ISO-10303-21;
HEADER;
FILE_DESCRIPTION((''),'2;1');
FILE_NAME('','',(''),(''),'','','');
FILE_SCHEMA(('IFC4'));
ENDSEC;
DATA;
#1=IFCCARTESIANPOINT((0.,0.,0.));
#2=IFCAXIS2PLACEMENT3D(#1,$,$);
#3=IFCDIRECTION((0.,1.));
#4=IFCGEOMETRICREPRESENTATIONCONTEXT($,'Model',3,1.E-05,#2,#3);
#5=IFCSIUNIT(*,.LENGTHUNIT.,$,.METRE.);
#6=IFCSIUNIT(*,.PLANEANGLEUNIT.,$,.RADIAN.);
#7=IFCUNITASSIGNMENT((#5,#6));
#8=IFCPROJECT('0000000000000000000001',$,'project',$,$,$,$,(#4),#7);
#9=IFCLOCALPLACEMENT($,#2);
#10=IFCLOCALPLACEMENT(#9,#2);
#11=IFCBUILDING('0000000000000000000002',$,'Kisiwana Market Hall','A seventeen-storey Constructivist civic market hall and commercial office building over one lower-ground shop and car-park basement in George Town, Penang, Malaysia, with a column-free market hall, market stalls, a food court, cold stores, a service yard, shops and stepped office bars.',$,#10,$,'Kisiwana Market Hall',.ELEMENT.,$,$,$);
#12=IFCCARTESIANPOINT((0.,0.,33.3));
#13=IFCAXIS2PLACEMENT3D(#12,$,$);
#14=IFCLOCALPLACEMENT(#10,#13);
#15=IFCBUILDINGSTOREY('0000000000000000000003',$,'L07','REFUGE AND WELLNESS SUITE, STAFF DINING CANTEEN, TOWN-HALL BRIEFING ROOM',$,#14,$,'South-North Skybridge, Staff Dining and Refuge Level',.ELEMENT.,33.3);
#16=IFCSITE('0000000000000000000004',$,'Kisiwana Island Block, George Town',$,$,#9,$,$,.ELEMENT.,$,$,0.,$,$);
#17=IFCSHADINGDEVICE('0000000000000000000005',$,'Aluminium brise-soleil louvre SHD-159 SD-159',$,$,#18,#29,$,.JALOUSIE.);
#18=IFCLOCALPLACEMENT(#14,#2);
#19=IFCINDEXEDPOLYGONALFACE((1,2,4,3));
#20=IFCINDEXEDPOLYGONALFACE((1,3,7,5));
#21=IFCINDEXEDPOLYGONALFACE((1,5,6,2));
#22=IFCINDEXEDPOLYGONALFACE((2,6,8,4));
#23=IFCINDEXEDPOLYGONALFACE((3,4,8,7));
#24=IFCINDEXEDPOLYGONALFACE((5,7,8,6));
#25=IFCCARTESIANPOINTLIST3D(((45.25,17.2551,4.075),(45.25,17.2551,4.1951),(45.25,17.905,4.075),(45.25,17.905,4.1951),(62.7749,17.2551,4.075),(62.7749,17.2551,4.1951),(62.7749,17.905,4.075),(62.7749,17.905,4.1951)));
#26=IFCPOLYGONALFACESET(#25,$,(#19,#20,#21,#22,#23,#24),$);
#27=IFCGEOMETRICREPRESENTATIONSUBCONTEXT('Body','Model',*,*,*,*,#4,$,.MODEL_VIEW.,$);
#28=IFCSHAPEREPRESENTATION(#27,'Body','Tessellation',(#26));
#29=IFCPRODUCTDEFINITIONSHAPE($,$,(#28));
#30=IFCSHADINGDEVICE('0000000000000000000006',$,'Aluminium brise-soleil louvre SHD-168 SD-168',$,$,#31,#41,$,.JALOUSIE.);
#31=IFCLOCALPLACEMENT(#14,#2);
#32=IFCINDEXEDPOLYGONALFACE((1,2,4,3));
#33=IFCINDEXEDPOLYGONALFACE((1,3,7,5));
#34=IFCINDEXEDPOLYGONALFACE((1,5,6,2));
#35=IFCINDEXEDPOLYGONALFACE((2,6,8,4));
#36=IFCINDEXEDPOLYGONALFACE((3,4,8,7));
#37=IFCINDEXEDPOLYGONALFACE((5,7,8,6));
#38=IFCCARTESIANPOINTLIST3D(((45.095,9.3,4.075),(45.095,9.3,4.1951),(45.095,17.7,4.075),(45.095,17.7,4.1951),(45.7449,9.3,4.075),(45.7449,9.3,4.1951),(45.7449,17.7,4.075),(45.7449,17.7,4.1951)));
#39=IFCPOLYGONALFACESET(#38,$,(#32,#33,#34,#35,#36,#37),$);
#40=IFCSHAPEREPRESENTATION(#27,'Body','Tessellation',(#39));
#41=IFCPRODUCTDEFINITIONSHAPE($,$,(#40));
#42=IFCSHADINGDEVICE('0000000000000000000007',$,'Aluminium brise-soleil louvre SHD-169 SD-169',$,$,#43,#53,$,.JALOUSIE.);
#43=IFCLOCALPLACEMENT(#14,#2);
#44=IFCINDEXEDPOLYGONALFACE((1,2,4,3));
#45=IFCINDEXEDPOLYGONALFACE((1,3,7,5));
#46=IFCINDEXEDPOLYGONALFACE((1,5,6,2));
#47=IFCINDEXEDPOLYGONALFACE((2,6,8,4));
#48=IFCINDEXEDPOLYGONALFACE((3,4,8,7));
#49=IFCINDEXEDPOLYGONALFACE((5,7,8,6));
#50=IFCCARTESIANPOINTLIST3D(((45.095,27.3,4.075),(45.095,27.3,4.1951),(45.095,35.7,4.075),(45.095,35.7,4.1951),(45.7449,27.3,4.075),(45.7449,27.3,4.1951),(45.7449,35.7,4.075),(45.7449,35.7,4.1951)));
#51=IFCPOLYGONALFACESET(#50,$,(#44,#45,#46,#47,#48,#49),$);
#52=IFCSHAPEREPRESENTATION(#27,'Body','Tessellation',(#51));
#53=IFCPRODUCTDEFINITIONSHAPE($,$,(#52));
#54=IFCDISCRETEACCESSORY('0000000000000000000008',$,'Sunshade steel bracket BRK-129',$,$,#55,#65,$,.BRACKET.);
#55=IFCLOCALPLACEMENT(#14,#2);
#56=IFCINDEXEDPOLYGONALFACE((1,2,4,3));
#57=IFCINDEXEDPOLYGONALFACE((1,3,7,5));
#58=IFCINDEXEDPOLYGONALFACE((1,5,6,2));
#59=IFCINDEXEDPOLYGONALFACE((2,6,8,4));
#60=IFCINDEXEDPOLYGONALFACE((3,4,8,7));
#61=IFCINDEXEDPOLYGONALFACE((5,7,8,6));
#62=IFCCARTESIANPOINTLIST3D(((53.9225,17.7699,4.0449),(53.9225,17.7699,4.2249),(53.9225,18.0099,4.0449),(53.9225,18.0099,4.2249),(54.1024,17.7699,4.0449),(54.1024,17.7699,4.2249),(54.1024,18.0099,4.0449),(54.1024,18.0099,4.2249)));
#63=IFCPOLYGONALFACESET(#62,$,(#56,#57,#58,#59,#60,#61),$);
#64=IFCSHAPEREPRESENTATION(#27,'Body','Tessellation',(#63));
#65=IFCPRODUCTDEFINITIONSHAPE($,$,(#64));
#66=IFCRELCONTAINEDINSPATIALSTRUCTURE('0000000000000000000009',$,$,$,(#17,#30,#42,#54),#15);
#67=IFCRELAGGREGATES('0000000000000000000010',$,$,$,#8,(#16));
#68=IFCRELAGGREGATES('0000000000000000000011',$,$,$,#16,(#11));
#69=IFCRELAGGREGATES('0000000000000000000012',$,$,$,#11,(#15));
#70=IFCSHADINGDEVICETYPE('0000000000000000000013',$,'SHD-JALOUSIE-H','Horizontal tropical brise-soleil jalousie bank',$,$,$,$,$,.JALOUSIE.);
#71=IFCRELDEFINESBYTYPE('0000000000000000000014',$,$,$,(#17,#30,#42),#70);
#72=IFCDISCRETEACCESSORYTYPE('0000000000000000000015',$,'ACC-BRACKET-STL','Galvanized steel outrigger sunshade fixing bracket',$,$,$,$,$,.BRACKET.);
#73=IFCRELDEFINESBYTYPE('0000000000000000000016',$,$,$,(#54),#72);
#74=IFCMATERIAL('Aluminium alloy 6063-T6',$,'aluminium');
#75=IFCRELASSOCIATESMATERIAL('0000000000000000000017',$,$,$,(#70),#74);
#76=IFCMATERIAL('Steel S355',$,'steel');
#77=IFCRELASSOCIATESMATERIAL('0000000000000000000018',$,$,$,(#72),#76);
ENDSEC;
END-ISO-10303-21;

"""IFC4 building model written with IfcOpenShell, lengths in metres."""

from ifc_helpers import new_model, si_unit, direction, frame, origin, origin_2d, place, context, subcontext, project, spatial, rectangle, extrude, material, type_object, element, save


model = new_model("IFC4")

# Units and contexts
model_context = context("Model", 3, precision=1e-05, world=origin(), true_north=direction((0.0, 1.0)))
body_context = subcontext(model_context, "Body", "Model", "MODEL_VIEW")
ifc_project = project(units=[si_unit("LENGTHUNIT", "METRE"), si_unit("PLANEANGLEUNIT", "RADIAN")], contexts=[model_context])

# Site, building, storey
site_placement = place(None, origin())
site = spatial("IfcSite", under=ifc_project, at=site_placement, Name="Kisiwana Island Block, George Town", CompositionType="ELEMENT", RefElevation=0.0)
building_placement = place(site_placement, origin())
building = spatial("IfcBuilding", under=site, at=building_placement, Name="Kisiwana Market Hall", Description="A seventeen-storey Constructivist civic market hall and commercial office building over one lower-ground shop and car-park basement in George Town, Penang, Malaysia, with a column-free market hall, market stalls, a food court, cold stores, a service yard, shops and stepped office bars.", LongName="Kisiwana Market Hall", CompositionType="ELEMENT")
storey_placement = place(building_placement, frame((0.0, 0.0, 33.3)))
storey = spatial("IfcBuildingStorey", under=building, at=storey_placement, Name="L07", Description="REFUGE AND WELLNESS SUITE, STAFF DINING CANTEEN, TOWN-HALL BRIEFING ROOM", LongName="South-North Skybridge, Staff Dining and Refuge Level", CompositionType="ELEMENT", Elevation=33.3)

# Shading devices
ifc_material_1 = material(Name="Aluminium alloy 6063-T6", Category="aluminium")
shading_device_type = type_object("IfcShadingDeviceType", Name="SHD-JALOUSIE-H", Description="Horizontal tropical brise-soleil jalousie bank", PredefinedType="JALOUSIE", material=ifc_material_1)
shading_device_placement = place(storey_placement, frame((54.0125, 17.5801, 4.075), z_axis=(0.0, 0.0, 1.0), x_axis=(1.0, 0.0, 0.0)))
element("IfcShadingDevice", 1, at=shading_device_placement, inside=storey, type_object=shading_device_type, Name="Aluminium brise-soleil louvre SHD-159 SD-159", PredefinedType="JALOUSIE", context=body_context, shape_type="SweptSolid", body=[
    extrude(rectangle(XDim=17.5249, YDim=0.6499, at=origin_2d()), origin(), (0.0, 0.0, 1.0), 0.1201),
])
for number, where, z_axis, x_axis, name in (
    (2, (45.4199, 13.5, 4.075), (0.0, 0.0, 1.0), (0.0, 1.0, 0.0), "Aluminium brise-soleil louvre SHD-168 SD-168"),
    (3, (45.4199, 31.5, 4.075), (0.0, 0.0, 1.0), (0.0, 1.0, 0.0), "Aluminium brise-soleil louvre SHD-169 SD-169"),
):
    element("IfcShadingDevice", number, at=place(storey_placement, frame(where, z_axis=z_axis, x_axis=x_axis)), inside=storey, type_object=shading_device_type, Name=name, PredefinedType="JALOUSIE", context=body_context, shape_type="SweptSolid", body=[
        extrude(rectangle(XDim=8.3999, YDim=0.6499, at=origin_2d()), origin(), (0.0, 0.0, 1.0), 0.1201),
    ])

# Discrete accessory
ifc_material_2 = material(Name="Steel S355", Category="steel")
discrete_accessory_type = type_object("IfcDiscreteAccessoryType", Name="ACC-BRACKET-STL", Description="Galvanized steel outrigger sunshade fixing bracket", PredefinedType="BRACKET", material=ifc_material_2)
discrete_accessory_placement = place(storey_placement, frame((54.0125, 17.8899, 4.0449), z_axis=(0.0, 0.0, 1.0), x_axis=(1.0, 0.0, 0.0)))
element("IfcDiscreteAccessory", 4, at=discrete_accessory_placement, inside=storey, type_object=discrete_accessory_type, Name="Sunshade steel bracket BRK-129", PredefinedType="BRACKET", context=body_context, shape_type="SweptSolid", body=[
    extrude(rectangle(XDim=0.1799, YDim=0.24, at=origin_2d()), origin(), (0.0, 0.0, 1.0), 0.1799),
])

save(model, "model.ifc")
